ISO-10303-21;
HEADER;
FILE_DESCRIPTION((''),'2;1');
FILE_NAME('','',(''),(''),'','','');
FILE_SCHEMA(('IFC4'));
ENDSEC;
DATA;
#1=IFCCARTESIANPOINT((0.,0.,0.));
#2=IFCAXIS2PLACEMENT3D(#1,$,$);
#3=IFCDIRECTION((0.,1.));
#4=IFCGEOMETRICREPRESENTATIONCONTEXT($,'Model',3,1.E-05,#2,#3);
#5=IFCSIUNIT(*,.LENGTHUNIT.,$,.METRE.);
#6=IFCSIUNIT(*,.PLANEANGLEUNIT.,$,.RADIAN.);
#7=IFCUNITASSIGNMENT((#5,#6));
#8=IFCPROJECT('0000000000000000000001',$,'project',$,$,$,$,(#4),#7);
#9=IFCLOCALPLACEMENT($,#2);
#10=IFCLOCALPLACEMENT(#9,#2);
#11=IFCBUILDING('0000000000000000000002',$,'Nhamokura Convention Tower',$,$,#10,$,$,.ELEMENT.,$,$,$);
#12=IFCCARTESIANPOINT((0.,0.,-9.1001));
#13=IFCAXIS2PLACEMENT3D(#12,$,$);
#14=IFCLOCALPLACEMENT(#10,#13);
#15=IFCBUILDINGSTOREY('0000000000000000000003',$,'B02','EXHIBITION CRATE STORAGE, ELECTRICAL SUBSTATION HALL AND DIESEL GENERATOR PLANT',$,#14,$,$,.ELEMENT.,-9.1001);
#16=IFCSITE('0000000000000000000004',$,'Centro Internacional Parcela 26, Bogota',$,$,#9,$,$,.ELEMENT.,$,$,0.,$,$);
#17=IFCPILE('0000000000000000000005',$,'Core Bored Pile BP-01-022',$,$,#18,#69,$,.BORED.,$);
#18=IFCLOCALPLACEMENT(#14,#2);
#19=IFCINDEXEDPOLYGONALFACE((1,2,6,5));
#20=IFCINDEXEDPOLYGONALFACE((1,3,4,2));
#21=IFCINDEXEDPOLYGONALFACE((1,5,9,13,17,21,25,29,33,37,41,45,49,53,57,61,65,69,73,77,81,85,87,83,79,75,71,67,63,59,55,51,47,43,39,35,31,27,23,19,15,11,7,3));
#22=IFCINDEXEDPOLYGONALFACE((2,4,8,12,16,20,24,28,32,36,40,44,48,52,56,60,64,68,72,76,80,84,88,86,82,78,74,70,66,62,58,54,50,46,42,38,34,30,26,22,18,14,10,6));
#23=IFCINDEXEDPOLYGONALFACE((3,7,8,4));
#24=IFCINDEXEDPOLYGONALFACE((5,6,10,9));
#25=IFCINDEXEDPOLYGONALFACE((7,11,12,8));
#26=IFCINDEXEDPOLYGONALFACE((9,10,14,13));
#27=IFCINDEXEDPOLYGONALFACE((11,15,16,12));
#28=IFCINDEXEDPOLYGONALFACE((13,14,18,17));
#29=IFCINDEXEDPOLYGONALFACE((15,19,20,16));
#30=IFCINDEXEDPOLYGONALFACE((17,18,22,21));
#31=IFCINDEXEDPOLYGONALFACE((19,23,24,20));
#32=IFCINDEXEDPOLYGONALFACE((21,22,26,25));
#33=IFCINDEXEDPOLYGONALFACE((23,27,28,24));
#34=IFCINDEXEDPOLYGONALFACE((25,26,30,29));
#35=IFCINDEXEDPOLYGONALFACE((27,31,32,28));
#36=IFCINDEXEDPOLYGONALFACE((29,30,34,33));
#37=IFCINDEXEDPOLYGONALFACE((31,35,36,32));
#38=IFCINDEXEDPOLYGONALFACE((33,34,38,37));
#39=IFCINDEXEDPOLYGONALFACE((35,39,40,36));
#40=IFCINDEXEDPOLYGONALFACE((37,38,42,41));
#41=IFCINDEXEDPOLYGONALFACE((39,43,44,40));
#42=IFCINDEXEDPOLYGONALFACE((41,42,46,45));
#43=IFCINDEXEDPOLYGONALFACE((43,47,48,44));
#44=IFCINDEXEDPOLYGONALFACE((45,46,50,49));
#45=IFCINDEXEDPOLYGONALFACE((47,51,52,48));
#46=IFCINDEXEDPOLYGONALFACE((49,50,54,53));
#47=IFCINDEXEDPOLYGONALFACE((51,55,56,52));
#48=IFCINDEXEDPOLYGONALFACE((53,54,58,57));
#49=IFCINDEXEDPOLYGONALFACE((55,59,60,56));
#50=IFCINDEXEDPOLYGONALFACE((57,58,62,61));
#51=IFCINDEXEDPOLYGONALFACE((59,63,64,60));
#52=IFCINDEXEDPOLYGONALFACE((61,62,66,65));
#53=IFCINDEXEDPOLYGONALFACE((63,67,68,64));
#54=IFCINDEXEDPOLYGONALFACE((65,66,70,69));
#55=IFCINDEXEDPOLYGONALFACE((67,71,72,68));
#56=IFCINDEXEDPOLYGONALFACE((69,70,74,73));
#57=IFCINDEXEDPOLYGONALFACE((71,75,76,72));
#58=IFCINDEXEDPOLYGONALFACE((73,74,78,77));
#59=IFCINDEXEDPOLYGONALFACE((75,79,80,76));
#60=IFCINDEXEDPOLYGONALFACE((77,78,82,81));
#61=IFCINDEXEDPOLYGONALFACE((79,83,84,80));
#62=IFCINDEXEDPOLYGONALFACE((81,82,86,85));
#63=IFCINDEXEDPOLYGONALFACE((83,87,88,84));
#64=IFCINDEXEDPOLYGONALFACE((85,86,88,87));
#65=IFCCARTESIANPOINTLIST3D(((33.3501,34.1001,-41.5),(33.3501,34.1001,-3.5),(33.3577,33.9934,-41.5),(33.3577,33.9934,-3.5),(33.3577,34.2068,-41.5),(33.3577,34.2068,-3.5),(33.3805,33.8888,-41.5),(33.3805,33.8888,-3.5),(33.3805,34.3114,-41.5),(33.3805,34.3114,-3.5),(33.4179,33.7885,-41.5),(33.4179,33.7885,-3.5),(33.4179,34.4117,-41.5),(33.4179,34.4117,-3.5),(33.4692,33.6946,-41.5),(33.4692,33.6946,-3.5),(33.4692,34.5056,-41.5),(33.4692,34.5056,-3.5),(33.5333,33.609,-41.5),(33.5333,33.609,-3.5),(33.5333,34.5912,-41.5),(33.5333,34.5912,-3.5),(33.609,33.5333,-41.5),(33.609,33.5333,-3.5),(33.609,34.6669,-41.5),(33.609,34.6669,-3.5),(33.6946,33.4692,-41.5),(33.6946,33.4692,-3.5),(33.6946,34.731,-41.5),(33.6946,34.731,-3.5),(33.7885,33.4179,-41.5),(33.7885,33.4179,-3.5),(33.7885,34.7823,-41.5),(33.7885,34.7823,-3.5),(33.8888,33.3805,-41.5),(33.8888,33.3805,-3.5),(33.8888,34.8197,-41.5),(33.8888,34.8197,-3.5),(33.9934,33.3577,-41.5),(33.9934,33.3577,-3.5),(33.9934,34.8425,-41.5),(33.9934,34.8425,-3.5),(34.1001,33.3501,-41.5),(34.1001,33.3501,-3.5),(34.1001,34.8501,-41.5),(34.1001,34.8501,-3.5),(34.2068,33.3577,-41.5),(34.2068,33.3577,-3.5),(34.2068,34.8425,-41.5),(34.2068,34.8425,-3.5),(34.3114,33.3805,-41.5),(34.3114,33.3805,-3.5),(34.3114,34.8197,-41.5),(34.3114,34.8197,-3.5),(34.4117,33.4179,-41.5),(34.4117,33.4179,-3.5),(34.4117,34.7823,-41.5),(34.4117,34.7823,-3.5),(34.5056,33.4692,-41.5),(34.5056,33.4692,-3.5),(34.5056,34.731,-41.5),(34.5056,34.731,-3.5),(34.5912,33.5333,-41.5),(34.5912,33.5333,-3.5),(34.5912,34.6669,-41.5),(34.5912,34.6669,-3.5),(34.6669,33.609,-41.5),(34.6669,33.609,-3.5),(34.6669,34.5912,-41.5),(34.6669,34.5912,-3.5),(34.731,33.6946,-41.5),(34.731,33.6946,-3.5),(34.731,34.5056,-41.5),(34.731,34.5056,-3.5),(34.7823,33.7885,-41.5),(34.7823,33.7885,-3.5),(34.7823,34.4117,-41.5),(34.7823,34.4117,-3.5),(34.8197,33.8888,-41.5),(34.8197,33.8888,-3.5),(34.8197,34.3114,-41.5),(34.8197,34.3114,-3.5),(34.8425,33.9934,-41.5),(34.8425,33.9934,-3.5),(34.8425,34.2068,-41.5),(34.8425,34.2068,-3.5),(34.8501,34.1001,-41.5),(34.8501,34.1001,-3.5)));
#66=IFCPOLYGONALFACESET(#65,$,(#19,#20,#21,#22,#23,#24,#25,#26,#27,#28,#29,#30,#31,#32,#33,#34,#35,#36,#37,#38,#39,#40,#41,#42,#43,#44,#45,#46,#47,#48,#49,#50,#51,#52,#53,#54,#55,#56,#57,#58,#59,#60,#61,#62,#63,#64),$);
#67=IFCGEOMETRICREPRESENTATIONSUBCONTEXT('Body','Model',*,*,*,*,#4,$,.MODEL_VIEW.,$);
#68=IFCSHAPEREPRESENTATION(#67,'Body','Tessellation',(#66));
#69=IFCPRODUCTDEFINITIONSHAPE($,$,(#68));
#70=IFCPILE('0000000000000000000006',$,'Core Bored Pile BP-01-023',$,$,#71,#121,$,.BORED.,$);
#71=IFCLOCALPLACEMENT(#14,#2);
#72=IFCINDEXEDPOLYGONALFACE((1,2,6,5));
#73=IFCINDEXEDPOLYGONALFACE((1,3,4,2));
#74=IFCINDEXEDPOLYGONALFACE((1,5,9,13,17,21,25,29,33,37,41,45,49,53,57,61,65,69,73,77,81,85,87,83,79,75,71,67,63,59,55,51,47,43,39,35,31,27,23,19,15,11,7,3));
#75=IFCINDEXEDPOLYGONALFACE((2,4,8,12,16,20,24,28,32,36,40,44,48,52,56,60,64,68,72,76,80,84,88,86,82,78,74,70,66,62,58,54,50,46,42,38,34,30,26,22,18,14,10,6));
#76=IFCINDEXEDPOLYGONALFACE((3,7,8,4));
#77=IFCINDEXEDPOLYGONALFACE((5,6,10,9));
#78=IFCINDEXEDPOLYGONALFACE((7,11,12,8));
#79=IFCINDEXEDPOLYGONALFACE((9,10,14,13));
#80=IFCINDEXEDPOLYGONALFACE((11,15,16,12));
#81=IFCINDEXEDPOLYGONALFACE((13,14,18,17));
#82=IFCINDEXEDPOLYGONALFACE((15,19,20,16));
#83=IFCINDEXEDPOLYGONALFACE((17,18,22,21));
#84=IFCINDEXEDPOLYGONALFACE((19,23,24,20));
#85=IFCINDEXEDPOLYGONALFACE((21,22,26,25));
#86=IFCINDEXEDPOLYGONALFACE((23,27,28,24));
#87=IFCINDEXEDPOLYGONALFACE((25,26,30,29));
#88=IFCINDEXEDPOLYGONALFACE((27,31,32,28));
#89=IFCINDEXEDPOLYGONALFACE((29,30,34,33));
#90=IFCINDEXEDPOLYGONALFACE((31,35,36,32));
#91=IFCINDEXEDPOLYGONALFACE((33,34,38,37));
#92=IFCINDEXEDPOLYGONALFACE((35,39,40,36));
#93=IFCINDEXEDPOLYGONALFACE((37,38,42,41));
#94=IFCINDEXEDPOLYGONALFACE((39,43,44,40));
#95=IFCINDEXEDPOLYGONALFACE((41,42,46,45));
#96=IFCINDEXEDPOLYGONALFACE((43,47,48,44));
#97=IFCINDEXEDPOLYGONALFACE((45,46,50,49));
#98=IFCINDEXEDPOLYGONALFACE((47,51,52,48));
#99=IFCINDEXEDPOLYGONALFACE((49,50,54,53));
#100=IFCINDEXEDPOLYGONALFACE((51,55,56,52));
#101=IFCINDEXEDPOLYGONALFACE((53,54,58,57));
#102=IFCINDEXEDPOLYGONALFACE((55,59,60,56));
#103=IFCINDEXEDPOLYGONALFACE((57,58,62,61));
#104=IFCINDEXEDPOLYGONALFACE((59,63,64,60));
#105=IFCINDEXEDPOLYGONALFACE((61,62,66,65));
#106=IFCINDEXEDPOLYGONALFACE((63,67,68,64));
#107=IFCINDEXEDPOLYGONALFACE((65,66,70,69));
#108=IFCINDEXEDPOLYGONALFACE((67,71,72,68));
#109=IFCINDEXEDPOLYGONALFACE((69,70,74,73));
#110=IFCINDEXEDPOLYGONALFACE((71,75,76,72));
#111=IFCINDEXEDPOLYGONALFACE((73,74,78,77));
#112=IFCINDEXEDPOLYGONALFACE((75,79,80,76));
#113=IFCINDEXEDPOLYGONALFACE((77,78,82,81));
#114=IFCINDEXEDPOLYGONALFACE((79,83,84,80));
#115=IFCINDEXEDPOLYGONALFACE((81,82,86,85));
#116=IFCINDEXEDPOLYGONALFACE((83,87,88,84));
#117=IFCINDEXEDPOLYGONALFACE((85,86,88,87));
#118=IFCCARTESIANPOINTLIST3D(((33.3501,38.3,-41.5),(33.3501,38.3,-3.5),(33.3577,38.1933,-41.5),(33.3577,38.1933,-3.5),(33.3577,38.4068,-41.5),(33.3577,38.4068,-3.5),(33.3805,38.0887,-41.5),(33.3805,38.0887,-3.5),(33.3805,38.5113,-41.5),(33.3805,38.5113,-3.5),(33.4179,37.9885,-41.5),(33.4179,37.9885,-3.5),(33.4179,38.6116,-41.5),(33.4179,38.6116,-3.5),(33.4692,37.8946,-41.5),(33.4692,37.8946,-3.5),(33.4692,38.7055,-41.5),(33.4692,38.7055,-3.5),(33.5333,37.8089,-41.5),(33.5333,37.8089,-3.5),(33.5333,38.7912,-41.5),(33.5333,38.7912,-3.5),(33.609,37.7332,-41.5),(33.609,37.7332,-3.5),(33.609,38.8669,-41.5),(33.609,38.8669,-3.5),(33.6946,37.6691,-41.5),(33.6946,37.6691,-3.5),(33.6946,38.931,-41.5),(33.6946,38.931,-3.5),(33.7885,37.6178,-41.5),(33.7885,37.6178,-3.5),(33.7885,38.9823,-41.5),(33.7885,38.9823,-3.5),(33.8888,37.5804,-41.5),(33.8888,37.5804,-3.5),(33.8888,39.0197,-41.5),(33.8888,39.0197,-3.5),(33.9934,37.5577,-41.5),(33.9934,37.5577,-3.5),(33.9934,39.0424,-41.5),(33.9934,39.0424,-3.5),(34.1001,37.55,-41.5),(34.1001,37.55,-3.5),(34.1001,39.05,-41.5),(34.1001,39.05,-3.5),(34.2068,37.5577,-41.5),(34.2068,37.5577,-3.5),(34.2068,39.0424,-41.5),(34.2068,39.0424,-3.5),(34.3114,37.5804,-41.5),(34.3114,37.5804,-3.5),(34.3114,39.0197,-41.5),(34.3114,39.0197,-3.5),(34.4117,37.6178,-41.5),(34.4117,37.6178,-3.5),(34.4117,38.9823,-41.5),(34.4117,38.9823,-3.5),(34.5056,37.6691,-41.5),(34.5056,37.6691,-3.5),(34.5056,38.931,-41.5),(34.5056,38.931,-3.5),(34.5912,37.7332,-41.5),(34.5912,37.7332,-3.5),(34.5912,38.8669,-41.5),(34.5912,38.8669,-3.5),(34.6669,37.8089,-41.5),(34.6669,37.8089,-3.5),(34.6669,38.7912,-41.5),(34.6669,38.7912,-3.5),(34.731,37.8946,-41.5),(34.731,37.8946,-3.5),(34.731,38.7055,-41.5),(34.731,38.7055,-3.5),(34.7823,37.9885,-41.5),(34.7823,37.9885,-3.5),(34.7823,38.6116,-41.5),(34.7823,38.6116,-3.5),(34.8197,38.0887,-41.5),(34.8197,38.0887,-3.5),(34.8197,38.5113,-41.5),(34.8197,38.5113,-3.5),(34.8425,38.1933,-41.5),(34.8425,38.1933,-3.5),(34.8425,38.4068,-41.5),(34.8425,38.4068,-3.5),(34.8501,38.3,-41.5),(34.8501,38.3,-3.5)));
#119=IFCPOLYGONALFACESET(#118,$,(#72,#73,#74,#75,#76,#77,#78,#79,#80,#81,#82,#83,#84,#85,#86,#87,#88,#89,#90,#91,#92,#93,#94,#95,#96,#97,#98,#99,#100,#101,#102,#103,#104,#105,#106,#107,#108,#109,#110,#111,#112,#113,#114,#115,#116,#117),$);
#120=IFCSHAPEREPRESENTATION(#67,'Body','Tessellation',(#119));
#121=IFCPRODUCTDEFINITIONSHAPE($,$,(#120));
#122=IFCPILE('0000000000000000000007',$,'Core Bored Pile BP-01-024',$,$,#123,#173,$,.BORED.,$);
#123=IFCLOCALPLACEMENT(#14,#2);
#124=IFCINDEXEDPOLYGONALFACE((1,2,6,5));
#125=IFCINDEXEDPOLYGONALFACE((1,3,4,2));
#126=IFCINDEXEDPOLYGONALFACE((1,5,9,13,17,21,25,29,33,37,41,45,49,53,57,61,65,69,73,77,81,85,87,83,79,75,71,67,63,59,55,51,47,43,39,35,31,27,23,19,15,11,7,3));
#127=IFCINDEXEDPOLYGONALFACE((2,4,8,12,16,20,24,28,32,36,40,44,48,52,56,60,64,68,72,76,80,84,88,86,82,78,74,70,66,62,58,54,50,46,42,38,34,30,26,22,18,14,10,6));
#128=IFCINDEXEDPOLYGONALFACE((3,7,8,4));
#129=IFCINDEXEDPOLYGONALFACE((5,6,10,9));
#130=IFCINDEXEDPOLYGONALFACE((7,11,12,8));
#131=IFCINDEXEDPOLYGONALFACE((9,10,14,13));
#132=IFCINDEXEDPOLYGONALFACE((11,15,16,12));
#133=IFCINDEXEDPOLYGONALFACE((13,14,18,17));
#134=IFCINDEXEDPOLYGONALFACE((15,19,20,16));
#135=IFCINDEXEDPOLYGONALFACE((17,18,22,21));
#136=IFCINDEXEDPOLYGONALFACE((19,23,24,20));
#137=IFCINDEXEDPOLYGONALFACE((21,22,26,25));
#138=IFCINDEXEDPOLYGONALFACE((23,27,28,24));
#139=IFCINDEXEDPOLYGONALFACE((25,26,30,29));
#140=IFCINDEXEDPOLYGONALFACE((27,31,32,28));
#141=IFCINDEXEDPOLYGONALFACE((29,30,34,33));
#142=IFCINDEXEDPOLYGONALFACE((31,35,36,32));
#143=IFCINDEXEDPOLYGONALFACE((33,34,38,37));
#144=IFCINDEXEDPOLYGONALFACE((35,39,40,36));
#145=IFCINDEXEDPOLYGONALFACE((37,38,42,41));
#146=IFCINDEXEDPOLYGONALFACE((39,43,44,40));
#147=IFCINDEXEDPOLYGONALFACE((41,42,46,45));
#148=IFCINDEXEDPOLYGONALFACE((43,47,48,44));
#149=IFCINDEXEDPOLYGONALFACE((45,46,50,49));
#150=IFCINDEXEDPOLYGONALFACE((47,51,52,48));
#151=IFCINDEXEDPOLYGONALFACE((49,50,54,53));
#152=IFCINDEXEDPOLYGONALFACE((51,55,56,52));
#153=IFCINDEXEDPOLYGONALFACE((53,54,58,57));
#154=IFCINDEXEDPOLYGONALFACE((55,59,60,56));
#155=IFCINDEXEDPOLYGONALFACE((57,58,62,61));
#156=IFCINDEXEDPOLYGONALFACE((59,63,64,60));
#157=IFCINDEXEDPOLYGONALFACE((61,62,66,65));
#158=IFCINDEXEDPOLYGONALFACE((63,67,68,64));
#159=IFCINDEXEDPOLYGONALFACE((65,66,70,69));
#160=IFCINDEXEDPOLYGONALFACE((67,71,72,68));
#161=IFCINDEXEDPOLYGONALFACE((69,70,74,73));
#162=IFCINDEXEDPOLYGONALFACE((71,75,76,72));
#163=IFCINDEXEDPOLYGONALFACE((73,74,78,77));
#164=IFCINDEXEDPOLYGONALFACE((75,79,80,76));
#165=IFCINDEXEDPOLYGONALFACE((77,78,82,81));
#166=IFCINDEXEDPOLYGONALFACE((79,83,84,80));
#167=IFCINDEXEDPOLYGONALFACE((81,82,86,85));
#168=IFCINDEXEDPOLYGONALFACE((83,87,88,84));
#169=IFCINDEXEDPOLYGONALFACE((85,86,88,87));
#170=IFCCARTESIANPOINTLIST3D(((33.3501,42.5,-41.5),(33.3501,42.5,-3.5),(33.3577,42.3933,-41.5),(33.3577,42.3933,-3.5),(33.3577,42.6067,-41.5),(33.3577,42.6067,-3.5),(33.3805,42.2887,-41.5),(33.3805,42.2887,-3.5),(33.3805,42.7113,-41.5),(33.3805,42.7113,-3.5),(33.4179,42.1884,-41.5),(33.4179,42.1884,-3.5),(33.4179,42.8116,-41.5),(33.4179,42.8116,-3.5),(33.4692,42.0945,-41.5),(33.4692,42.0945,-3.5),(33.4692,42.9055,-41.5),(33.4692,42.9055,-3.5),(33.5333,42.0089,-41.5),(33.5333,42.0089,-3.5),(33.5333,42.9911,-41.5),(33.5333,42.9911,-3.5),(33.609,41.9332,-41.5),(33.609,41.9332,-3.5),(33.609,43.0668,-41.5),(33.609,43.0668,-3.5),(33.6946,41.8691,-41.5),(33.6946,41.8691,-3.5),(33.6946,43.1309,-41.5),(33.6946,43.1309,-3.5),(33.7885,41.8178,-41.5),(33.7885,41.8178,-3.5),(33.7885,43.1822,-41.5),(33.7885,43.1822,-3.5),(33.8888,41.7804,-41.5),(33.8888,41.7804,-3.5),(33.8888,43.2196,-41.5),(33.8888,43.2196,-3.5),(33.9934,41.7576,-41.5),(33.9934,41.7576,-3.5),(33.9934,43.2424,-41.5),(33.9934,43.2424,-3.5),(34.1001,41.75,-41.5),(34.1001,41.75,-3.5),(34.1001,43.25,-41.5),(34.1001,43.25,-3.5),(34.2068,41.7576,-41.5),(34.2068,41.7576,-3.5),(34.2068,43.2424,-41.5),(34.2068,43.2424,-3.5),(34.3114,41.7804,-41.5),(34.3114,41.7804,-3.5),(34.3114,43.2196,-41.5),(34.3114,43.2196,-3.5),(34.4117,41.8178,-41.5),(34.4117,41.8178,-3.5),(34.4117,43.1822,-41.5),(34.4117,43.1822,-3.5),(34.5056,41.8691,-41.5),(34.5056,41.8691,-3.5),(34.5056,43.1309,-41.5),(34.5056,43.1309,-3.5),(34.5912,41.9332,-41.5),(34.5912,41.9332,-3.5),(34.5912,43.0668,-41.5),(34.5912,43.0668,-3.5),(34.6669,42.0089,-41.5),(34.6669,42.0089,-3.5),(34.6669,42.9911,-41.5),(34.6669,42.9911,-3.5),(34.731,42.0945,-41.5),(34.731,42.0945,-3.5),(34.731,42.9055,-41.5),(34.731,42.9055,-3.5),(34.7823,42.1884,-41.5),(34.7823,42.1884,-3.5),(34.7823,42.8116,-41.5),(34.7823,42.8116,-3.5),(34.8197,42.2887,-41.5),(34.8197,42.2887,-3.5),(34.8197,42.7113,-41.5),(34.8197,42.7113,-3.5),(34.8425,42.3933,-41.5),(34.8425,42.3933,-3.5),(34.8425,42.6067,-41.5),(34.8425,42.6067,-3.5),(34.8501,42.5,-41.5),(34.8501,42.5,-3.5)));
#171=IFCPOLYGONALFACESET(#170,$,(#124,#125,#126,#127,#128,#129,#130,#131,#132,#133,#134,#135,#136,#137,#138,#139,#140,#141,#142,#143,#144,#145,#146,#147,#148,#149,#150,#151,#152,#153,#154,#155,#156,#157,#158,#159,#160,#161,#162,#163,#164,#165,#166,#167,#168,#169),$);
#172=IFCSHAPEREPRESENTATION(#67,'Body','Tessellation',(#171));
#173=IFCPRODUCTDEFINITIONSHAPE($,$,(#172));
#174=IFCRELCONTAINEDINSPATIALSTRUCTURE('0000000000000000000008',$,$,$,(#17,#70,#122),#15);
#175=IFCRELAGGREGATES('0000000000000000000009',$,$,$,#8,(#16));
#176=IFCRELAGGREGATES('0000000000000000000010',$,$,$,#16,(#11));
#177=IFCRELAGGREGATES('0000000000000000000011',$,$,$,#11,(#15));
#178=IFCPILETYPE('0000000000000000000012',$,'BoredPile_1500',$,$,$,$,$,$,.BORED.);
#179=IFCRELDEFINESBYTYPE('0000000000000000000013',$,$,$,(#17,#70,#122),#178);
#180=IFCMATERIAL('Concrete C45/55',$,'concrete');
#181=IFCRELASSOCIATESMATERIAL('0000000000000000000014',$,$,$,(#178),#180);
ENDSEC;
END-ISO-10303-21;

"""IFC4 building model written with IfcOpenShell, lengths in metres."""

from ifc_helpers import new_model, si_unit, direction, frame, origin, origin_2d, place, context, subcontext, project, spatial, circle, extrude, material, material_profile, profile_set, type_object, element, save


model = new_model("IFC4")

# Units and contexts
model_context = context("Model", 3, precision=1e-05, world=origin(), true_north=direction((0.0, 1.0)))
body_context = subcontext(model_context, "Body", "Model", "MODEL_VIEW")
ifc_project = project(units=[si_unit("LENGTHUNIT", "METRE"), si_unit("PLANEANGLEUNIT", "RADIAN")], contexts=[model_context])

# Site, building, storey
site_placement = place(None, origin())
site = spatial("IfcSite", under=ifc_project, at=site_placement, Name="Centro Internacional Parcela 26, Bogota", CompositionType="ELEMENT", RefElevation=0.0)
building_placement = place(site_placement, origin())
building = spatial("IfcBuilding", under=site, at=building_placement, Name="Nhamokura Convention Tower", CompositionType="ELEMENT")
storey_placement = place(building_placement, frame((0.0, 0.0, -9.1001)))
storey = spatial("IfcBuildingStorey", under=building, at=storey_placement, Name="B02", Description="EXHIBITION CRATE STORAGE, ELECTRICAL SUBSTATION HALL AND DIESEL GENERATOR PLANT", CompositionType="ELEMENT", Elevation=-9.1001)

# Piles
ifc_material_1 = material(Name="Concrete C45/55", Category="concrete")
ifc_material_profile_1 = material_profile(ifc_material_1, circle(Radius=0.75, at=origin_2d()))
ifc_profile_set_1 = profile_set([ifc_material_profile_1], Name="Concrete C45/55")
pile_type = type_object("IfcPileType", Name="BoredPile_1500", PredefinedType="BORED", material=ifc_profile_set_1)
for number, where, z_axis, x_axis, name in (
    (1, (34.1001, 34.1001, -3.5), (0.0, 0.0, -1.0), (1.0, 0.0, 0.0), "Core Bored Pile BP-01-022"),
    (2, (34.1001, 38.3, -3.5), (0.0, 0.0, -1.0), (1.0, 0.0, 0.0), "Core Bored Pile BP-01-023"),
    (3, (34.1001, 42.5, -3.5), (0.0, 0.0, -1.0), (1.0, 0.0, 0.0), "Core Bored Pile BP-01-024"),
):
    element("IfcPile", number, at=place(storey_placement, frame(where, z_axis=z_axis, x_axis=x_axis)), inside=storey, type_object=pile_type, Name=name, PredefinedType="BORED", context=body_context, shape_type="SweptSolid", body=[
        extrude(circle(Radius=0.75, at=origin_2d()), origin(), (0.0, 0.0, 1.0), 38.0),
    ])

save(model, "model.ifc")
